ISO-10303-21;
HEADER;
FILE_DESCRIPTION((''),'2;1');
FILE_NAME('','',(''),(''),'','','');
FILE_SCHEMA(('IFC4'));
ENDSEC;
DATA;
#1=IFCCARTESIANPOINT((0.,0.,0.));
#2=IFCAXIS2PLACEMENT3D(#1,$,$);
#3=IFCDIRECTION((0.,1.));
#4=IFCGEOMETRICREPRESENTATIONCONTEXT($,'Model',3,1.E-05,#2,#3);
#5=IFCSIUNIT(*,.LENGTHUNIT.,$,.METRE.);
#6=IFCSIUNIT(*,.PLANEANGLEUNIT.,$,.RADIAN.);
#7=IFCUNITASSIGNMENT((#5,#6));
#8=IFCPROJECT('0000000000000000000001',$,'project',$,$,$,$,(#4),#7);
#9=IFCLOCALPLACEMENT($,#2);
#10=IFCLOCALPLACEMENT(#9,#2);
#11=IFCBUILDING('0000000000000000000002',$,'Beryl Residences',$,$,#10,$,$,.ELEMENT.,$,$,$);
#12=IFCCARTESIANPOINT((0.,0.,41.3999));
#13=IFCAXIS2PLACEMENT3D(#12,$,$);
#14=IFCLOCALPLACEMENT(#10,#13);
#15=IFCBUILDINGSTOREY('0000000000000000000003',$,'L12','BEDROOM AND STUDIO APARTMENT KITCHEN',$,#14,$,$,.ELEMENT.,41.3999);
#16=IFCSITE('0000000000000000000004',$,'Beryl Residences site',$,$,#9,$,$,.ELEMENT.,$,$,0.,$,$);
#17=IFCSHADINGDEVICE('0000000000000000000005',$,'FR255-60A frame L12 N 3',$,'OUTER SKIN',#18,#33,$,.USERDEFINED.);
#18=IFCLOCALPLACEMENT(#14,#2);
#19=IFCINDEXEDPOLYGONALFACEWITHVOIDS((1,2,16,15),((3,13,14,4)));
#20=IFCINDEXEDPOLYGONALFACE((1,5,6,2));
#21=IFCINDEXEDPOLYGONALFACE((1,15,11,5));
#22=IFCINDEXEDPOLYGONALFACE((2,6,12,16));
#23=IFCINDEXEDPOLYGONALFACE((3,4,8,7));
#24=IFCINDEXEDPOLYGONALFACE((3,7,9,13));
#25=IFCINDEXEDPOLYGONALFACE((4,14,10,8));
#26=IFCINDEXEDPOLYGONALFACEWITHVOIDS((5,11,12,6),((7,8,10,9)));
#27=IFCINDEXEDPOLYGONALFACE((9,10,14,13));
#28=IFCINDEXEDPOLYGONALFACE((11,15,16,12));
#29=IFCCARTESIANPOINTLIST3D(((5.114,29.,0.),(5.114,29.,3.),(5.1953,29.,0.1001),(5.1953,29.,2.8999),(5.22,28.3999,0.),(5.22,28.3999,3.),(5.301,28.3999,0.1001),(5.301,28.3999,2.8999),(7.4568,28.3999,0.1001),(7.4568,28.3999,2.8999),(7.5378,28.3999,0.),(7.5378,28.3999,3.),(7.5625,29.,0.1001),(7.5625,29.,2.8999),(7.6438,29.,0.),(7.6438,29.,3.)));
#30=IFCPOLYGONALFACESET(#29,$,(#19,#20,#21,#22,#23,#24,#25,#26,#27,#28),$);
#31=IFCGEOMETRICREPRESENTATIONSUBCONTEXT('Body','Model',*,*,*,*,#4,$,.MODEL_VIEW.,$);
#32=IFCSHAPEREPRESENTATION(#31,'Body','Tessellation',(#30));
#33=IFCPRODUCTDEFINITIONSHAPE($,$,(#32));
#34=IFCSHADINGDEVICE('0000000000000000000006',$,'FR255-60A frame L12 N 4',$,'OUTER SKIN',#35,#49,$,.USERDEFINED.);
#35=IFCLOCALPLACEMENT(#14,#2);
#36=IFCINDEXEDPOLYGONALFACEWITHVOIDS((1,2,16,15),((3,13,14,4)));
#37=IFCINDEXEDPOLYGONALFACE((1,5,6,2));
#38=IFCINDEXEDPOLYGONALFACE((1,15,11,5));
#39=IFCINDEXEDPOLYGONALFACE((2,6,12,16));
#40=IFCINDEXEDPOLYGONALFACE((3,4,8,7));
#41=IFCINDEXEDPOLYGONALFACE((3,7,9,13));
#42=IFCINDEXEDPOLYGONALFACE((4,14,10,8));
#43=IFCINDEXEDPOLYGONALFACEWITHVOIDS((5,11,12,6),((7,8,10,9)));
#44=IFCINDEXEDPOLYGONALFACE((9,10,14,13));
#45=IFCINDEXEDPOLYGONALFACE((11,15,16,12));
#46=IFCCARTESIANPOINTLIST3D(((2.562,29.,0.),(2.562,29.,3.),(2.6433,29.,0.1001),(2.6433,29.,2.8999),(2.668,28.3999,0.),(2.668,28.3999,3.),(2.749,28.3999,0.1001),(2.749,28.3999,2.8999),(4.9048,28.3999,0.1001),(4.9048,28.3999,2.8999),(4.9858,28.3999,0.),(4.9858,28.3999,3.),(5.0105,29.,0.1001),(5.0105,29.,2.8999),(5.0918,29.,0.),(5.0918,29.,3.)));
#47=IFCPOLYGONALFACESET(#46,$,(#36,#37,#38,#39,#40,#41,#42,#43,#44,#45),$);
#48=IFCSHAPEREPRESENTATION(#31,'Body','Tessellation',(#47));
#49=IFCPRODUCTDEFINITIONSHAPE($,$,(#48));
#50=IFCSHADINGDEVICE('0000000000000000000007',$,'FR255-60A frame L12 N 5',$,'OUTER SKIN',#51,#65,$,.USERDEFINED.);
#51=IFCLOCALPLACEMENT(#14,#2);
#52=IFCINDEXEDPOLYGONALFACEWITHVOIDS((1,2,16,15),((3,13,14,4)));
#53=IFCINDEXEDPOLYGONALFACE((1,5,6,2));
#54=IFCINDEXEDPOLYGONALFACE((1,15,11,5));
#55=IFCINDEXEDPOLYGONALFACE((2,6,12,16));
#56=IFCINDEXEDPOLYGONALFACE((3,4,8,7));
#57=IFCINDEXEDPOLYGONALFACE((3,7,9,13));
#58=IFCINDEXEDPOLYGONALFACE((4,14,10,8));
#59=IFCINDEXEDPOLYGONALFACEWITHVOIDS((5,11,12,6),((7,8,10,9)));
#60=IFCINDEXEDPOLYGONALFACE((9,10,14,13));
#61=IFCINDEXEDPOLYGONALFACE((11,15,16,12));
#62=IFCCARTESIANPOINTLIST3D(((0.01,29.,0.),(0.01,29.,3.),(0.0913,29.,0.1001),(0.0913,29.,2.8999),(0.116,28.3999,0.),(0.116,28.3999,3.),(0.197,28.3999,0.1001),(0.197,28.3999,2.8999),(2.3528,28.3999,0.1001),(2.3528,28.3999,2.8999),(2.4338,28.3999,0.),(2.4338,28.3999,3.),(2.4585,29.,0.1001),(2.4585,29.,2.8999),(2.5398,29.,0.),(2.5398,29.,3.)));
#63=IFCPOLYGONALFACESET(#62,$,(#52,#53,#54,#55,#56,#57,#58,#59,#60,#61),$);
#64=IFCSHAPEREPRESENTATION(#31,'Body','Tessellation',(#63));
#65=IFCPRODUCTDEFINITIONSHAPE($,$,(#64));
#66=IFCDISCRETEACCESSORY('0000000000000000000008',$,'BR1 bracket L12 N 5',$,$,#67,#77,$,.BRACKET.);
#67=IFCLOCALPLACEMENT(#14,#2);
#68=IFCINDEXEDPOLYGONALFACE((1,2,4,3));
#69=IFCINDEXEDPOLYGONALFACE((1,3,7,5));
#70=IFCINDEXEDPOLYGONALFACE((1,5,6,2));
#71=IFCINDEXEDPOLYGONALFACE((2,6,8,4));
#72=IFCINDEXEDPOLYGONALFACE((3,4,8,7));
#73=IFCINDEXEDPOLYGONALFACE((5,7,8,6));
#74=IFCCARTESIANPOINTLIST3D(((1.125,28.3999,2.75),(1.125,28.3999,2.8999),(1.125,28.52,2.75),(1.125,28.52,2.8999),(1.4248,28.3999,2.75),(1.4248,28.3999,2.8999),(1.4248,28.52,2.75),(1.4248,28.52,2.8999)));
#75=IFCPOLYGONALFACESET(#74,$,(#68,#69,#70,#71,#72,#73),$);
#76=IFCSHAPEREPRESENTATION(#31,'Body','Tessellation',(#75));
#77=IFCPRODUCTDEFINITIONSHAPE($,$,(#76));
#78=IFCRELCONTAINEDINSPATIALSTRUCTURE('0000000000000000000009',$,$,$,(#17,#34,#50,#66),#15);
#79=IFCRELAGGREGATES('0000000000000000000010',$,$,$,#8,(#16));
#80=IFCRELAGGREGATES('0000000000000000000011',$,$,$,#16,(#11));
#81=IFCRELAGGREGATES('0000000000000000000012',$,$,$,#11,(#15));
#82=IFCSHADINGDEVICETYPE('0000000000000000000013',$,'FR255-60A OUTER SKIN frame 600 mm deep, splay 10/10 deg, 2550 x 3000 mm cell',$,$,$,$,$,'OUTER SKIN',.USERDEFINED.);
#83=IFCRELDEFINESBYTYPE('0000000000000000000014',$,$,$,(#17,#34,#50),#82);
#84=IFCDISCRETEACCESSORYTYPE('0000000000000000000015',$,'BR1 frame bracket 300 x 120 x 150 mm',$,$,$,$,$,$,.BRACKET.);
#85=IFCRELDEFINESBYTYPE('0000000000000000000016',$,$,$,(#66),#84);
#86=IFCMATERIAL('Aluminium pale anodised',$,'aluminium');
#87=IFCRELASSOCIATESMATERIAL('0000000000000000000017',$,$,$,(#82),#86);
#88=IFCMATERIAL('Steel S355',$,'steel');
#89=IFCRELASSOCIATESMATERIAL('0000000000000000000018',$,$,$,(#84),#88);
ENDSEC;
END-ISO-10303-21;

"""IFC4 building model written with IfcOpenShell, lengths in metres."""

from ifc_helpers import new_model, entity, si_unit, direction, frame, origin, place, context, subcontext, project, spatial, polyline, outline, extrude, source, transform, mapped, material, type_object, type_shapes, element, save


model = new_model("IFC4")

# Units and contexts
model_context = context("Model", 3, precision=1e-05, world=origin(), true_north=direction((0.0, 1.0)))
body_context = subcontext(model_context, "Body", "Model", "MODEL_VIEW")
ifc_project = project(units=[si_unit("LENGTHUNIT", "METRE"), si_unit("PLANEANGLEUNIT", "RADIAN")], contexts=[model_context])

# Site, building, storey
site_placement = place(None, origin())
site = spatial("IfcSite", under=ifc_project, at=site_placement, Name="Beryl Residences site", CompositionType="ELEMENT", RefElevation=0.0)
building_placement = place(site_placement, origin())
building = spatial("IfcBuilding", under=site, at=building_placement, Name="Beryl Residences", CompositionType="ELEMENT")
storey_placement = place(building_placement, frame((0.0, 0.0, 41.3999)))
storey = spatial("IfcBuildingStorey", under=building, at=storey_placement, Name="L12", Description="BEDROOM AND STUDIO APARTMENT KITCHEN", CompositionType="ELEMENT", Elevation=41.3999)

# Shading devices
ifc_material_1 = material(Name="Aluminium pale anodised", Category="aluminium")
shading_device_type = type_object("IfcShadingDeviceType", Name="FR255-60A OUTER SKIN frame 600 mm deep, splay 10/10 deg, 2550 x 3000 mm cell", ElementType="OUTER SKIN", PredefinedType="USERDEFINED", material=ifc_material_1)
cartesian_point_1 = entity("IfcCartesianPoint", [-1.1589, 0.0])
cartesian_point_2 = entity("IfcCartesianPoint", [-1.0779, 0.1001])
cartesian_point_3 = entity("IfcCartesianPoint", [-1.2649, 0.0])
cartesian_point_4 = entity("IfcCartesianPoint", [-1.1836, 0.1001])
shared_shape_1 = source(origin(), body_context, "Body", "SweptSolid", [
    entity("IfcExtrudedAreaSolidTapered", entity("IfcArbitraryProfileDefWithVoids", "AREA", None, entity("IfcPolyline", [cartesian_point_1, entity("IfcCartesianPoint", [1.1589, 0.0]), entity("IfcCartesianPoint", [1.1589, 3.0]), entity("IfcCartesianPoint", [-1.1589, 3.0]), cartesian_point_1]), [entity("IfcPolyline", [cartesian_point_2, entity("IfcCartesianPoint", [1.0779, 0.1001]), entity("IfcCartesianPoint", [1.0779, 2.8999]), entity("IfcCartesianPoint", [-1.0779, 2.8999]), cartesian_point_2])]), entity("IfcAxis2Placement3D", entity("IfcCartesianPoint", [0.0, 0.0, 0.0]), entity("IfcDirection", [0.0, 1.0, 0.0]), entity("IfcDirection", [-1.0, 0.0, 0.0])), entity("IfcDirection", [0.0, 0.0, 1.0]), 0.6001, entity("IfcArbitraryProfileDefWithVoids", "AREA", None, entity("IfcPolyline", [cartesian_point_3, entity("IfcCartesianPoint", [1.2649, 0.0]), entity("IfcCartesianPoint", [1.2649, 3.0]), entity("IfcCartesianPoint", [-1.2649, 3.0]), cartesian_point_3]), [entity("IfcPolyline", [cartesian_point_4, entity("IfcCartesianPoint", [1.1836, 0.1001]), entity("IfcCartesianPoint", [1.1836, 2.8999]), entity("IfcCartesianPoint", [-1.1836, 2.8999]), cartesian_point_4])])),
])
type_shapes(shading_device_type, [shared_shape_1])
for number, where, z_axis, x_axis, name in (
    (1, (6.3789, 28.3999, 0.0), (0.0, 0.0, 1.0), (1.0, 0.0, 0.0), "FR255-60A frame L12 N 3"),
    (2, (3.8269, 28.3999, 0.0), (0.0, 0.0, 1.0), (1.0, 0.0, 0.0), "FR255-60A frame L12 N 4"),
    (3, (1.2749, 28.3999, 0.0), (0.0, 0.0, 1.0), (1.0, 0.0, 0.0), "FR255-60A frame L12 N 5"),
):
    element("IfcShadingDevice", number, at=place(storey_placement, frame(where, z_axis=z_axis, x_axis=x_axis)), inside=storey, type_object=shading_device_type, Name=name, ObjectType="OUTER SKIN", PredefinedType="USERDEFINED", context=body_context, shape_type="MappedRepresentation", body=[
        mapped(shared_shape_1, transform((0.0, 0.0, 0.0))),
    ])

# Discrete accessory
ifc_material_2 = material(Name="Steel S355", Category="steel")
discrete_accessory_type = type_object("IfcDiscreteAccessoryType", Name="BR1 frame bracket 300 x 120 x 150 mm", PredefinedType="BRACKET", material=ifc_material_2)
shared_shape_2 = source(origin(), body_context, "Body", "SweptSolid", [
    extrude(outline(polyline([(-0.1499, 0.0), (0.1499, 0.0), (0.1499, 0.1201), (-0.1499, 0.1201), (-0.1499, 0.0)])), origin(), (0.0, 0.0, 1.0), 0.1499),
])
type_shapes(discrete_accessory_type, [shared_shape_2])
discrete_accessory_placement = place(storey_placement, frame((1.2749, 28.3999, 2.75), z_axis=(0.0, 0.0, 1.0), x_axis=(1.0, 0.0, 0.0)))
element("IfcDiscreteAccessory", 4, at=discrete_accessory_placement, inside=storey, type_object=discrete_accessory_type, Name="BR1 bracket L12 N 5", PredefinedType="BRACKET", context=body_context, shape_type="MappedRepresentation", body=[
    mapped(shared_shape_2, transform((0.0, 0.0, 0.0))),
])

save(model, "model.ifc")
